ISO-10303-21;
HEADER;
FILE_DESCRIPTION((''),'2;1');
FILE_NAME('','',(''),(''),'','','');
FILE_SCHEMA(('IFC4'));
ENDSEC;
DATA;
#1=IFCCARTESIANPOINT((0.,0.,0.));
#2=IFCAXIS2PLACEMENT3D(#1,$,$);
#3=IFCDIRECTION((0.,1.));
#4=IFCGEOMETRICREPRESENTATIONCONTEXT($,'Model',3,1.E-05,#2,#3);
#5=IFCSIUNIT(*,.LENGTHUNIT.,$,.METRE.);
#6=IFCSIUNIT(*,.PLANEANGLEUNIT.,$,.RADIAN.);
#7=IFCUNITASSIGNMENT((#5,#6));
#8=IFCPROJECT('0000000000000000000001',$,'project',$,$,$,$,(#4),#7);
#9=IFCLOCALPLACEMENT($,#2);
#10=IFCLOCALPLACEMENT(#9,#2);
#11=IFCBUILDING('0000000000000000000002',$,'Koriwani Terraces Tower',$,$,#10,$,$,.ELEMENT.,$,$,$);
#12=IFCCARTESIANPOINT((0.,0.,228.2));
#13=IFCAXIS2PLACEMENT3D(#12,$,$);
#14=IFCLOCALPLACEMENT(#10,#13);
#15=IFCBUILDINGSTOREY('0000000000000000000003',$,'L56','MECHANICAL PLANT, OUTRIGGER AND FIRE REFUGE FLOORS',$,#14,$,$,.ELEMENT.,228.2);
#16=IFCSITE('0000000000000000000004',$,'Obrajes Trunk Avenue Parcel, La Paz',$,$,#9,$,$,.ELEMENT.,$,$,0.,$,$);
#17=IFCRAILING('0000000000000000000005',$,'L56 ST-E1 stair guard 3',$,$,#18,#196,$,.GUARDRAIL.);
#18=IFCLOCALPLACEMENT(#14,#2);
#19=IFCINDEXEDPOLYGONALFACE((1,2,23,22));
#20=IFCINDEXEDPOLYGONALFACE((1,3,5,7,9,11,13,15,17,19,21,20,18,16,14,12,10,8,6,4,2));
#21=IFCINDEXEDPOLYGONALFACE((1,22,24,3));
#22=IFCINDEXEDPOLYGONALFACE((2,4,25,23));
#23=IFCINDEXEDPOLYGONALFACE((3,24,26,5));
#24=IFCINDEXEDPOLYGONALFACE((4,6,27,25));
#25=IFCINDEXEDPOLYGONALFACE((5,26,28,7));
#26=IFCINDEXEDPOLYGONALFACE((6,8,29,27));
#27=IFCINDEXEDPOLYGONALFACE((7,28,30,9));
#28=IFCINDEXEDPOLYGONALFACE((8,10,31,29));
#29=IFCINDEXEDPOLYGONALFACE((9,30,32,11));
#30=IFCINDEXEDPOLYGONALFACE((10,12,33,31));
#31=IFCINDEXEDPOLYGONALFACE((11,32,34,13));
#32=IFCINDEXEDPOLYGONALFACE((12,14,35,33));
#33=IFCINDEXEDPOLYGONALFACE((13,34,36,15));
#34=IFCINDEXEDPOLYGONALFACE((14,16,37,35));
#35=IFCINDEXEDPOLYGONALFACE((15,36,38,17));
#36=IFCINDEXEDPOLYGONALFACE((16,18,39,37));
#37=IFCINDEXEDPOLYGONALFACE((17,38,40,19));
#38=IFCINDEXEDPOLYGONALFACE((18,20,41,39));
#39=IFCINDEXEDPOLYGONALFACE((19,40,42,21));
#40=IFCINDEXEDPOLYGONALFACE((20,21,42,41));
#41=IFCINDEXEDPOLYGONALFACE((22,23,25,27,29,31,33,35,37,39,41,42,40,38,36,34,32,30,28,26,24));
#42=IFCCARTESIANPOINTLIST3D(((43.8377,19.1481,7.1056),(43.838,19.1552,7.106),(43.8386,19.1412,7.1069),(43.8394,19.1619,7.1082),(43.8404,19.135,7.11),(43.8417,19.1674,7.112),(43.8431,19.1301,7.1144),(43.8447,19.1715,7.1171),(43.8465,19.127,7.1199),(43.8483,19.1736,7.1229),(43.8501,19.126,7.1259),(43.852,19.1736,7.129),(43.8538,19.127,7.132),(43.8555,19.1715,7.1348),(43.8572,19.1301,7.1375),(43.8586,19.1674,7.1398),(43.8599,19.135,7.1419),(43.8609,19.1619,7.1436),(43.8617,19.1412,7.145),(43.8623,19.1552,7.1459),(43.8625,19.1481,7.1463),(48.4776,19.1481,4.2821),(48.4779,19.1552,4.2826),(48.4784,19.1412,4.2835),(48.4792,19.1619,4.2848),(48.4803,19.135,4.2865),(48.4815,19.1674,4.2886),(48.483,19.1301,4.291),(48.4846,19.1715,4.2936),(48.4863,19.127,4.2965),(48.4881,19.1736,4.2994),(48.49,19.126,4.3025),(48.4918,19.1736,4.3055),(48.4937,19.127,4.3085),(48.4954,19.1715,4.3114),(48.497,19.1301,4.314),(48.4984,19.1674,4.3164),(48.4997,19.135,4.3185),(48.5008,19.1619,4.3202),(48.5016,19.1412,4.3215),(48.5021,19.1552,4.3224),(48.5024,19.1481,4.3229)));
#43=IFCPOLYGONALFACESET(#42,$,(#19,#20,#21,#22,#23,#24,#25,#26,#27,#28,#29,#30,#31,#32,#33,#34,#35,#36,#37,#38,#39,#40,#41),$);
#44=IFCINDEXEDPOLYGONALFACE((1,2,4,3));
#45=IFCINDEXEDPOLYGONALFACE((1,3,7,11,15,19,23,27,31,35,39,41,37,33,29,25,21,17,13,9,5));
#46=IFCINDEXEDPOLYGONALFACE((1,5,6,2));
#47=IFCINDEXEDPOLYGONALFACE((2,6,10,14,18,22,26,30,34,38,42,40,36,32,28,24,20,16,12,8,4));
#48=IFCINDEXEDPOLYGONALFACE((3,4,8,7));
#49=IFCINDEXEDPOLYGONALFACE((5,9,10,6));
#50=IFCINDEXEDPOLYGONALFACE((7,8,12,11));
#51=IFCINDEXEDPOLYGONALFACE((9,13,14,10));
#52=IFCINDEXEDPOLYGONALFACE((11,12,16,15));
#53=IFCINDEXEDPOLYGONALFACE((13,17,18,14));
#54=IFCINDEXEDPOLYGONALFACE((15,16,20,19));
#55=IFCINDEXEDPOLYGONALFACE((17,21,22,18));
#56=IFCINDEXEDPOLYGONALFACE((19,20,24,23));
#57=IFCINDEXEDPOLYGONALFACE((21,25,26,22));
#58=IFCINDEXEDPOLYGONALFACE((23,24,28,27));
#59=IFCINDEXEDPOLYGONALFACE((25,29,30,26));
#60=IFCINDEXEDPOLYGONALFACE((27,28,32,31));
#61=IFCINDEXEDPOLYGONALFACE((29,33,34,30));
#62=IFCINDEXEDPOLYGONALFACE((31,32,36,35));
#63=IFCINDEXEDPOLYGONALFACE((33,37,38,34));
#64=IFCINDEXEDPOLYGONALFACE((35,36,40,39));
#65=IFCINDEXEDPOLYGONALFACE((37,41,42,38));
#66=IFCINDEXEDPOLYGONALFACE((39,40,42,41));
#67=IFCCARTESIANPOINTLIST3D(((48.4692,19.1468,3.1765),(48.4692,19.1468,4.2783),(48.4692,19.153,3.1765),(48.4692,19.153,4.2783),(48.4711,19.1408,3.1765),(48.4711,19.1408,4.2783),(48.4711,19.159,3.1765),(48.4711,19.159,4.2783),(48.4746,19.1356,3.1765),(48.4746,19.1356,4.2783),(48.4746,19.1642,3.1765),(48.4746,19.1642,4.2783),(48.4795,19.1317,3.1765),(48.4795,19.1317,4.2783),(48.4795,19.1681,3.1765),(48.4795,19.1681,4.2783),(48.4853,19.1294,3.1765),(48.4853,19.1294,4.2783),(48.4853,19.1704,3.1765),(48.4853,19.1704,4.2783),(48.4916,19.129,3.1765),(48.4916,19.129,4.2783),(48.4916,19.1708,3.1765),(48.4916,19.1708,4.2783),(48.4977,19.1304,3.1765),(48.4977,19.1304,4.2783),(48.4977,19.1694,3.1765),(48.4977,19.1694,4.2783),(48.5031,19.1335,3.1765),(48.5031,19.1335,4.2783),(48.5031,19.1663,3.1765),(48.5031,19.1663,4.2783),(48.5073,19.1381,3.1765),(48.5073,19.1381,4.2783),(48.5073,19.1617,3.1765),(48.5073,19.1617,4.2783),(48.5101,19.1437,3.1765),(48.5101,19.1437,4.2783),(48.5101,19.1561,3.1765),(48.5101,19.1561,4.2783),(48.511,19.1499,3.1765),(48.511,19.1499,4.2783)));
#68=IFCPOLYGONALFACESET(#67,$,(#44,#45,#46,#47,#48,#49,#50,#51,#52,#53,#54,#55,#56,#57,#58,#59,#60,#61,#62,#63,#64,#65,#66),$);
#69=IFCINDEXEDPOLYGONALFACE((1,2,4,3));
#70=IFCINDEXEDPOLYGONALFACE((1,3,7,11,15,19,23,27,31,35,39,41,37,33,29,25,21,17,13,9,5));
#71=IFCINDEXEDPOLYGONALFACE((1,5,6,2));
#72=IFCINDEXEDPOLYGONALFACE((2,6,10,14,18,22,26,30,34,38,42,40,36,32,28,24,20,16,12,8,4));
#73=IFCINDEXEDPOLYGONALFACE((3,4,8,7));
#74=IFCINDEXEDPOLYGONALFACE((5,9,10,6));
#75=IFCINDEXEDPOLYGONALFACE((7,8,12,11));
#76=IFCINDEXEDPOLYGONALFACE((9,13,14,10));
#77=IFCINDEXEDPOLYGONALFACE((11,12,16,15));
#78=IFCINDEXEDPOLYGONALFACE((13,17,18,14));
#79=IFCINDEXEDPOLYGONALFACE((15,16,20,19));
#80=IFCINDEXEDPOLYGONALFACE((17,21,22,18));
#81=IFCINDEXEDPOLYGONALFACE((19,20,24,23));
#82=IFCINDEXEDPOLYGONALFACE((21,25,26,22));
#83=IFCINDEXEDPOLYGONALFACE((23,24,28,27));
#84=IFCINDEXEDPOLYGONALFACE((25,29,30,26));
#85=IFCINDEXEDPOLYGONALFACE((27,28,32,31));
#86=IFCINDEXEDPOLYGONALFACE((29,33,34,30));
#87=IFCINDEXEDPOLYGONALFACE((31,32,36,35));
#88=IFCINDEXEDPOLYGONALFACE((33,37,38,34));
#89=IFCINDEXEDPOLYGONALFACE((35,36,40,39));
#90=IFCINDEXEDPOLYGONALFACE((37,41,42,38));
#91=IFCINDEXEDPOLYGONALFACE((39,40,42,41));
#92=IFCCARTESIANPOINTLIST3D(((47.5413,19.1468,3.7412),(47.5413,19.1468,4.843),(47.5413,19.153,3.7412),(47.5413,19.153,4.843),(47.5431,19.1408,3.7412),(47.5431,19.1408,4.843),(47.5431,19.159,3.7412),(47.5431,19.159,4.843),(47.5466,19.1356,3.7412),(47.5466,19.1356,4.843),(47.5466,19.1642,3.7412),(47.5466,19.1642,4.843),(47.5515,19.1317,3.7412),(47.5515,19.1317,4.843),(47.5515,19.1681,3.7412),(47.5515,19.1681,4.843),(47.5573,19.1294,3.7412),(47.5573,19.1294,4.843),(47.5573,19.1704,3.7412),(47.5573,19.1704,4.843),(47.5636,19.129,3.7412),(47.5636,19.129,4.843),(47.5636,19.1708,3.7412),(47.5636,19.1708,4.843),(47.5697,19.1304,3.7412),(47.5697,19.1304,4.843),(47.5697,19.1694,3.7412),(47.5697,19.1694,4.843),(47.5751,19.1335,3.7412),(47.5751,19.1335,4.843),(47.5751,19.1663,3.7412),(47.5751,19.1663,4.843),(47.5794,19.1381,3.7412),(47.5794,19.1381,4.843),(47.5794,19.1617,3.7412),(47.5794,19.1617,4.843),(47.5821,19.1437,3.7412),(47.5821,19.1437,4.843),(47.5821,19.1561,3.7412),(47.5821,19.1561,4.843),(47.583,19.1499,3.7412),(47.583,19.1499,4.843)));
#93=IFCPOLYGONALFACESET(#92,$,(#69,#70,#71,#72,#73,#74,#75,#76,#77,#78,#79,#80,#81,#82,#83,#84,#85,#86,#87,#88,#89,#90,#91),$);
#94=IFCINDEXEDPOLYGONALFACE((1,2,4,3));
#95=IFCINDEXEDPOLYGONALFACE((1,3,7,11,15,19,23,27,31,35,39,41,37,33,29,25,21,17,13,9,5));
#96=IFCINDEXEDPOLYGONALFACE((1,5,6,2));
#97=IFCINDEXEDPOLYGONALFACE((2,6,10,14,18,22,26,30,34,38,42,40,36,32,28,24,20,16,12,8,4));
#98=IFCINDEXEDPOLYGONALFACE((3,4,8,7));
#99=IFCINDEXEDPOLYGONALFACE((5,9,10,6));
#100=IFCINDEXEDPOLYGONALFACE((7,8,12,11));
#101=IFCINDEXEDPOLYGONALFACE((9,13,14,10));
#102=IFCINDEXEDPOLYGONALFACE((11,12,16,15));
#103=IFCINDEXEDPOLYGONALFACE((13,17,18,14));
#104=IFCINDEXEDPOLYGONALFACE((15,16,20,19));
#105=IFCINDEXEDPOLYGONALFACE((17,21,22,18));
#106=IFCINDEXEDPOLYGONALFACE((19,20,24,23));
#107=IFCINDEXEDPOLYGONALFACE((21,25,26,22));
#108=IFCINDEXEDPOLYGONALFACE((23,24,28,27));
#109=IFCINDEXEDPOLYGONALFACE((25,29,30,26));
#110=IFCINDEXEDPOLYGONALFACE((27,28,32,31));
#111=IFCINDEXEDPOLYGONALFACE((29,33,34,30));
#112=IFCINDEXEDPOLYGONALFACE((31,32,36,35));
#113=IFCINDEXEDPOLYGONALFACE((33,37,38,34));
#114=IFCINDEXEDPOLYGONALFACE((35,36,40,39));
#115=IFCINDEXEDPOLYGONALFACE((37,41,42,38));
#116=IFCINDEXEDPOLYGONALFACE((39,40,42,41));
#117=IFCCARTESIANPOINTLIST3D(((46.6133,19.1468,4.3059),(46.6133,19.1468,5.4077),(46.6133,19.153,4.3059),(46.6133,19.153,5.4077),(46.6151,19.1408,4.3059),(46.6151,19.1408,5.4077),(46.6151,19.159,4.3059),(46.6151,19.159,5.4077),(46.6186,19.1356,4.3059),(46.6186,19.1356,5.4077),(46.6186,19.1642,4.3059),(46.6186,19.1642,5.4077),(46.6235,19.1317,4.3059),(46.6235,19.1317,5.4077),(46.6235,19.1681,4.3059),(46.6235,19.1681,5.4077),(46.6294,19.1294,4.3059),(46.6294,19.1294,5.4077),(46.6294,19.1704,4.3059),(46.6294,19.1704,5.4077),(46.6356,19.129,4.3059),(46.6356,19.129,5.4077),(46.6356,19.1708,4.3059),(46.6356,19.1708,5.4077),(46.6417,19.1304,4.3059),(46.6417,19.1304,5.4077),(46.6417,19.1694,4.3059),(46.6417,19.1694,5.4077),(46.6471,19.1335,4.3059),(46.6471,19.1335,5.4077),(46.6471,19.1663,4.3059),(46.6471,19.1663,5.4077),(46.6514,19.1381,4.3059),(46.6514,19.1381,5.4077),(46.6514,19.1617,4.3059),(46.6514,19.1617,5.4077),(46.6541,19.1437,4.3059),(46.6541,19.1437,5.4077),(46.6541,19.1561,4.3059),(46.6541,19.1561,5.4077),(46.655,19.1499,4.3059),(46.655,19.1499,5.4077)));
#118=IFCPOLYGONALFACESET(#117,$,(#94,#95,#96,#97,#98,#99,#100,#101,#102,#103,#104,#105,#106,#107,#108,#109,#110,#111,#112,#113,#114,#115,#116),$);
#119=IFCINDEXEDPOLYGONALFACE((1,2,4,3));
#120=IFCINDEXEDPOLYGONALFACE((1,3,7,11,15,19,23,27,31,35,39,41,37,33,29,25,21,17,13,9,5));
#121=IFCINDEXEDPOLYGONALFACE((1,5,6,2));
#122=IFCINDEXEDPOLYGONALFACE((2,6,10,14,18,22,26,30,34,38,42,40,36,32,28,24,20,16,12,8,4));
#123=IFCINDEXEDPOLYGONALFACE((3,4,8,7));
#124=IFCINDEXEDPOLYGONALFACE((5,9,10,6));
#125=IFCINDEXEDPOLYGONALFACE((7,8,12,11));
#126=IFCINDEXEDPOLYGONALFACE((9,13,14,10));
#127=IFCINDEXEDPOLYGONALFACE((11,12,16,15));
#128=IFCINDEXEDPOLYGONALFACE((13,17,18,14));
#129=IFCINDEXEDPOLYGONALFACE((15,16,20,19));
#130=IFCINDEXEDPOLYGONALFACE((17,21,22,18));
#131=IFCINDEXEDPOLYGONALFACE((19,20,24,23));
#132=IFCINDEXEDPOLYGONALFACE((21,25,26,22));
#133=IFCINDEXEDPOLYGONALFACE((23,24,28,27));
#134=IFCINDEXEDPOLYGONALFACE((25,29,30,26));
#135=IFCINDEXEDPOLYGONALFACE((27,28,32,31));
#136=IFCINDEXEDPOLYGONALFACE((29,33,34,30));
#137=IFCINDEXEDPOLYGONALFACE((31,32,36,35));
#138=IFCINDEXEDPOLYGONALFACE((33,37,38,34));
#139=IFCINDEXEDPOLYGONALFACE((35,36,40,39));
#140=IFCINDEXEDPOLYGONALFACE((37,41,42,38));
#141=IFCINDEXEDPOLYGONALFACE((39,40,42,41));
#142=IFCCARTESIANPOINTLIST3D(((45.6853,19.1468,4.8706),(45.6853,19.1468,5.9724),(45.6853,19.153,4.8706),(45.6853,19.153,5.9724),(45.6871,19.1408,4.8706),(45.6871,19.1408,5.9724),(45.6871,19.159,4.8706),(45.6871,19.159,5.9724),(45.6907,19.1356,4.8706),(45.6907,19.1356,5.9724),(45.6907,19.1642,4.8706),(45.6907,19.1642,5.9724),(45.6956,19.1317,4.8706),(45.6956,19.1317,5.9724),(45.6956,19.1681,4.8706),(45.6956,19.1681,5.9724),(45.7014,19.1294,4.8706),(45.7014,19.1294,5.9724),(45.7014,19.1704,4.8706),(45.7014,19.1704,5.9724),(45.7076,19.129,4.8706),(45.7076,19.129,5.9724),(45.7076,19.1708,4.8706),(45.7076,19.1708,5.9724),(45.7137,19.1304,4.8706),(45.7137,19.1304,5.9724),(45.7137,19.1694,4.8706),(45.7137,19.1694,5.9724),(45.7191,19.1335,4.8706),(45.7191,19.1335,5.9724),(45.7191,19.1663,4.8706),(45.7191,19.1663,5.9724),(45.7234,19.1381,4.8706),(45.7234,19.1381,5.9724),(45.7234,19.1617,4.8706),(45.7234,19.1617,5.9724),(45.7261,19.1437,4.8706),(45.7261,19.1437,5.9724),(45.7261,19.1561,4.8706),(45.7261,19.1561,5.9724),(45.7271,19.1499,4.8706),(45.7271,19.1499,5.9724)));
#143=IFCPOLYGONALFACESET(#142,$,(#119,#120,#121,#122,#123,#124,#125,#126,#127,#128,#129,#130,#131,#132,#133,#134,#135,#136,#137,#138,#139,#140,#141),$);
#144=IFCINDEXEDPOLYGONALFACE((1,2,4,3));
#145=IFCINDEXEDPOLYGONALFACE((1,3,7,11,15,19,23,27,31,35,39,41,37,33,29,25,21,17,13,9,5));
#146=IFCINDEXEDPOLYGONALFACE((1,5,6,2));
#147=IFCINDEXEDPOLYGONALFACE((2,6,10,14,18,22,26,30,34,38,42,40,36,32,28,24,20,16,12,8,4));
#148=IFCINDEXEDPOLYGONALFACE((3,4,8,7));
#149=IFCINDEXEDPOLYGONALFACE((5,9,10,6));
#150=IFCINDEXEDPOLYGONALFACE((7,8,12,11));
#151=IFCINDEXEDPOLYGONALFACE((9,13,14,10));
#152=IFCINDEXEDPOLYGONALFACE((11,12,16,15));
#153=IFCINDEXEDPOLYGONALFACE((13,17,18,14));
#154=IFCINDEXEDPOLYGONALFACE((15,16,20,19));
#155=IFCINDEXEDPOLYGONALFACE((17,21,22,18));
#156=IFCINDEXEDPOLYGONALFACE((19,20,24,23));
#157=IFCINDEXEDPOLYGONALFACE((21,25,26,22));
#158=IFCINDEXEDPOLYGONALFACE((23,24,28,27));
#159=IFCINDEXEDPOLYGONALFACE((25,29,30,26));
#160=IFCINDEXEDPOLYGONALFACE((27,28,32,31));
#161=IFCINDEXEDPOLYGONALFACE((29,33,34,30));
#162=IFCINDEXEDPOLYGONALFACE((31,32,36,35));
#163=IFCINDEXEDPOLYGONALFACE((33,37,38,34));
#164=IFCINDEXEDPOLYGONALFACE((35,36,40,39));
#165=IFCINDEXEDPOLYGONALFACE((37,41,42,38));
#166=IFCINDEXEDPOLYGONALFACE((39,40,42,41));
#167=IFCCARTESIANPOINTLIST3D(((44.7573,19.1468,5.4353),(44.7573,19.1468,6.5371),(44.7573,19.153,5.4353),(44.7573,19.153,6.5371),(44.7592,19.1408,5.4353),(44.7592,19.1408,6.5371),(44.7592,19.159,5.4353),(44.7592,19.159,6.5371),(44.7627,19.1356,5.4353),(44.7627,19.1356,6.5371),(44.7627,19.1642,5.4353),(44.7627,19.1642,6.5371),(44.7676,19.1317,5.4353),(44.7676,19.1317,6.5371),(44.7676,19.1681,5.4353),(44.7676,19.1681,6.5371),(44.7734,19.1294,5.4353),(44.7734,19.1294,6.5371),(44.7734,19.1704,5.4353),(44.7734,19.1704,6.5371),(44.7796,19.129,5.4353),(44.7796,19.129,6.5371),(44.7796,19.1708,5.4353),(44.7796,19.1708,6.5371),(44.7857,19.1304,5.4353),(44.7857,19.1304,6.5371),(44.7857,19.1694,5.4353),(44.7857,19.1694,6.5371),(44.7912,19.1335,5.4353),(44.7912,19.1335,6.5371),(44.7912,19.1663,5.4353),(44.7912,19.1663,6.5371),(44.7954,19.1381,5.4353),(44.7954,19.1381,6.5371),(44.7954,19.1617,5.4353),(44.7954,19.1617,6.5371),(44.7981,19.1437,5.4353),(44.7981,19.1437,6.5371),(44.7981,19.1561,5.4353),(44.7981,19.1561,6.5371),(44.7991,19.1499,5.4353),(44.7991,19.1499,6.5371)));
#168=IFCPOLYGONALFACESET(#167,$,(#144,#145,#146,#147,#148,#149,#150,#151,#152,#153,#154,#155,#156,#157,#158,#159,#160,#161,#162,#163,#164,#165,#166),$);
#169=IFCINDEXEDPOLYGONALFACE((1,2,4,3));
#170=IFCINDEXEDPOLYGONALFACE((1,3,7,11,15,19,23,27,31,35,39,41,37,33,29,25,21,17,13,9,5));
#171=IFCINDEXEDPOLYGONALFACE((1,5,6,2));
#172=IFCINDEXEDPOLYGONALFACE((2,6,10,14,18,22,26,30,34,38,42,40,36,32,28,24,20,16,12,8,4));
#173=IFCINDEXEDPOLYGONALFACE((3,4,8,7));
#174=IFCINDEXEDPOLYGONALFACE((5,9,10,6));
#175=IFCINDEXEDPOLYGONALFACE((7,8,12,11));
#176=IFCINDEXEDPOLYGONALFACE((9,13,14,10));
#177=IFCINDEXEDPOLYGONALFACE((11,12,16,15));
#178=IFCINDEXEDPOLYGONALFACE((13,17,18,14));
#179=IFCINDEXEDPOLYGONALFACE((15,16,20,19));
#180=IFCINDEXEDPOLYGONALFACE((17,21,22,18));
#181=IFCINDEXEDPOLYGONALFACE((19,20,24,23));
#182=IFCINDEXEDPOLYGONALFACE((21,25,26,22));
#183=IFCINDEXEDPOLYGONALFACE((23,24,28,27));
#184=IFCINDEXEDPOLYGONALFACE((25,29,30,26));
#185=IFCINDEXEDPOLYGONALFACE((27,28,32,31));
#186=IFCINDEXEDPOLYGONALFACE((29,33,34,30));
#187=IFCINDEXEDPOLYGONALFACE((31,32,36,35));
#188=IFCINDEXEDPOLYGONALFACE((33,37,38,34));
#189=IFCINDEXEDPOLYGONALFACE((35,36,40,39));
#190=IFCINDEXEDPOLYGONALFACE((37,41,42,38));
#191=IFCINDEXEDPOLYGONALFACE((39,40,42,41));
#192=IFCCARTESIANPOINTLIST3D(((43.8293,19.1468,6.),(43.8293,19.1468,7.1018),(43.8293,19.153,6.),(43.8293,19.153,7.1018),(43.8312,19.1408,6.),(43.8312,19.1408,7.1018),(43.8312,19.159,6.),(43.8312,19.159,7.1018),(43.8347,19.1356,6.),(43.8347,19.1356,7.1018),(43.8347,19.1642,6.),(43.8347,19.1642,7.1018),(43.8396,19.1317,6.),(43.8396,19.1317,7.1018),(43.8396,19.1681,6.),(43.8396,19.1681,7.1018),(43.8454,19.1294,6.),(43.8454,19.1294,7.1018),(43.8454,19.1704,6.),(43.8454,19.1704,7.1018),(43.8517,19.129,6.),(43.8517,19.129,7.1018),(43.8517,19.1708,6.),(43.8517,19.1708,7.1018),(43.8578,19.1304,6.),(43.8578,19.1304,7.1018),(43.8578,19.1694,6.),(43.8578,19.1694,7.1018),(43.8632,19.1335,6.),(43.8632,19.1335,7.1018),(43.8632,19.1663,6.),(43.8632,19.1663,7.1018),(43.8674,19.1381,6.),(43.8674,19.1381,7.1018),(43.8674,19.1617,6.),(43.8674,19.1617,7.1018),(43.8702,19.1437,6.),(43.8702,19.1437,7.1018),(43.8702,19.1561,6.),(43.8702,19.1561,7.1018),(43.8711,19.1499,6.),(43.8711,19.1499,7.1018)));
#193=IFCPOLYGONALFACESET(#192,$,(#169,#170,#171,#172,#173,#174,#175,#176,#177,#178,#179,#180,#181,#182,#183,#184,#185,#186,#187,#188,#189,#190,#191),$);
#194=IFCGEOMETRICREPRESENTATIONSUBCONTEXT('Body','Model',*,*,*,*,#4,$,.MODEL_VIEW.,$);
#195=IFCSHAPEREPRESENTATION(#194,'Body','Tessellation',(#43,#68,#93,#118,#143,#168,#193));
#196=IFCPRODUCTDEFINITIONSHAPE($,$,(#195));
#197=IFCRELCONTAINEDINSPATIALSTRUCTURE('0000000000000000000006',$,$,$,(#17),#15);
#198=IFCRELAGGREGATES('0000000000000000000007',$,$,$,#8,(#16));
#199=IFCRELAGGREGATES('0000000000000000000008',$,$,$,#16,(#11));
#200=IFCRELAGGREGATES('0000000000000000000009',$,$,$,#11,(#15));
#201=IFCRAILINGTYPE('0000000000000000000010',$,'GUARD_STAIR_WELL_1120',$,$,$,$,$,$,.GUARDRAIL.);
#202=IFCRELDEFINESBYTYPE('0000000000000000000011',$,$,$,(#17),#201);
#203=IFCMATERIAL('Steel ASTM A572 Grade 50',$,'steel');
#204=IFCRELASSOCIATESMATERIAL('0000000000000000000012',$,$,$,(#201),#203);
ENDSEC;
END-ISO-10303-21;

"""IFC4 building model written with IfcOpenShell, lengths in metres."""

from ifc_helpers import new_model, si_unit, direction, frame, origin, origin_2d, place, context, subcontext, project, spatial, circle, extrude, material, type_object, element, save


model = new_model("IFC4")

# Units and contexts
model_context = context("Model", 3, precision=1e-05, world=origin(), true_north=direction((0.0, 1.0)))
body_context = subcontext(model_context, "Body", "Model", "MODEL_VIEW")
ifc_project = project(units=[si_unit("LENGTHUNIT", "METRE"), si_unit("PLANEANGLEUNIT", "RADIAN")], contexts=[model_context])

# Site, building, storey
site_placement = place(None, origin())
site = spatial("IfcSite", under=ifc_project, at=site_placement, Name="Obrajes Trunk Avenue Parcel, La Paz", CompositionType="ELEMENT", RefElevation=0.0)
building_placement = place(site_placement, origin())
building = spatial("IfcBuilding", under=site, at=building_placement, Name="Koriwani Terraces Tower", CompositionType="ELEMENT")
storey_placement = place(building_placement, frame((0.0, 0.0, 228.2)))
storey = spatial("IfcBuildingStorey", under=building, at=storey_placement, Name="L56", Description="MECHANICAL PLANT, OUTRIGGER AND FIRE REFUGE FLOORS", CompositionType="ELEMENT", Elevation=228.2)

# Shared definitions
ifc_material_1 = material(Name="Steel ASTM A572 Grade 50", Category="steel")

# Railing
railing_type_1 = type_object("IfcRailingType", Name="GUARD_STAIR_WELL_1120", PredefinedType="GUARDRAIL", material=ifc_material_1)
railing_1_placement = place(storey_placement, frame((48.49, 19.1499, 3.1765)))
element("IfcRailing", 1, at=railing_1_placement, inside=storey, type_object=railing_type_1, Name="L56 ST-E1 stair guard 3", PredefinedType="GUARDRAIL", context=body_context, shape_type="SweptSolid", body=[
    extrude(circle(Radius=0.0239, at=origin_2d()), frame((0.0, 0.0, 1.126), z_axis=(-0.854264, 0.0, 0.51984), x_axis=(0.0, -1.0, 0.0)), (0.0, 0.0, 1.0), 5.4314),
    extrude(circle(Radius=0.021, at=origin_2d()), origin(), (0.0, 0.0, 1.0), 1.1018),
    extrude(circle(Radius=0.021, at=origin_2d()), frame((-0.928, 0.0, 0.5647)), (0.0, 0.0, 1.0), 1.1018),
    extrude(circle(Radius=0.021, at=origin_2d()), frame((-1.856, 0.0, 1.1294)), (0.0, 0.0, 1.0), 1.1018),
    extrude(circle(Radius=0.021, at=origin_2d()), frame((-2.7839, 0.0, 1.6941)), (0.0, 0.0, 1.0), 1.1018),
    extrude(circle(Radius=0.021, at=origin_2d()), frame((-3.7119, 0.0, 2.2588)), (0.0, 0.0, 1.0), 1.1018),
    extrude(circle(Radius=0.021, at=origin_2d()), frame((-4.6399, 0.0, 2.8235)), (0.0, 0.0, 1.0), 1.1018),
])

save(model, "model.ifc")
